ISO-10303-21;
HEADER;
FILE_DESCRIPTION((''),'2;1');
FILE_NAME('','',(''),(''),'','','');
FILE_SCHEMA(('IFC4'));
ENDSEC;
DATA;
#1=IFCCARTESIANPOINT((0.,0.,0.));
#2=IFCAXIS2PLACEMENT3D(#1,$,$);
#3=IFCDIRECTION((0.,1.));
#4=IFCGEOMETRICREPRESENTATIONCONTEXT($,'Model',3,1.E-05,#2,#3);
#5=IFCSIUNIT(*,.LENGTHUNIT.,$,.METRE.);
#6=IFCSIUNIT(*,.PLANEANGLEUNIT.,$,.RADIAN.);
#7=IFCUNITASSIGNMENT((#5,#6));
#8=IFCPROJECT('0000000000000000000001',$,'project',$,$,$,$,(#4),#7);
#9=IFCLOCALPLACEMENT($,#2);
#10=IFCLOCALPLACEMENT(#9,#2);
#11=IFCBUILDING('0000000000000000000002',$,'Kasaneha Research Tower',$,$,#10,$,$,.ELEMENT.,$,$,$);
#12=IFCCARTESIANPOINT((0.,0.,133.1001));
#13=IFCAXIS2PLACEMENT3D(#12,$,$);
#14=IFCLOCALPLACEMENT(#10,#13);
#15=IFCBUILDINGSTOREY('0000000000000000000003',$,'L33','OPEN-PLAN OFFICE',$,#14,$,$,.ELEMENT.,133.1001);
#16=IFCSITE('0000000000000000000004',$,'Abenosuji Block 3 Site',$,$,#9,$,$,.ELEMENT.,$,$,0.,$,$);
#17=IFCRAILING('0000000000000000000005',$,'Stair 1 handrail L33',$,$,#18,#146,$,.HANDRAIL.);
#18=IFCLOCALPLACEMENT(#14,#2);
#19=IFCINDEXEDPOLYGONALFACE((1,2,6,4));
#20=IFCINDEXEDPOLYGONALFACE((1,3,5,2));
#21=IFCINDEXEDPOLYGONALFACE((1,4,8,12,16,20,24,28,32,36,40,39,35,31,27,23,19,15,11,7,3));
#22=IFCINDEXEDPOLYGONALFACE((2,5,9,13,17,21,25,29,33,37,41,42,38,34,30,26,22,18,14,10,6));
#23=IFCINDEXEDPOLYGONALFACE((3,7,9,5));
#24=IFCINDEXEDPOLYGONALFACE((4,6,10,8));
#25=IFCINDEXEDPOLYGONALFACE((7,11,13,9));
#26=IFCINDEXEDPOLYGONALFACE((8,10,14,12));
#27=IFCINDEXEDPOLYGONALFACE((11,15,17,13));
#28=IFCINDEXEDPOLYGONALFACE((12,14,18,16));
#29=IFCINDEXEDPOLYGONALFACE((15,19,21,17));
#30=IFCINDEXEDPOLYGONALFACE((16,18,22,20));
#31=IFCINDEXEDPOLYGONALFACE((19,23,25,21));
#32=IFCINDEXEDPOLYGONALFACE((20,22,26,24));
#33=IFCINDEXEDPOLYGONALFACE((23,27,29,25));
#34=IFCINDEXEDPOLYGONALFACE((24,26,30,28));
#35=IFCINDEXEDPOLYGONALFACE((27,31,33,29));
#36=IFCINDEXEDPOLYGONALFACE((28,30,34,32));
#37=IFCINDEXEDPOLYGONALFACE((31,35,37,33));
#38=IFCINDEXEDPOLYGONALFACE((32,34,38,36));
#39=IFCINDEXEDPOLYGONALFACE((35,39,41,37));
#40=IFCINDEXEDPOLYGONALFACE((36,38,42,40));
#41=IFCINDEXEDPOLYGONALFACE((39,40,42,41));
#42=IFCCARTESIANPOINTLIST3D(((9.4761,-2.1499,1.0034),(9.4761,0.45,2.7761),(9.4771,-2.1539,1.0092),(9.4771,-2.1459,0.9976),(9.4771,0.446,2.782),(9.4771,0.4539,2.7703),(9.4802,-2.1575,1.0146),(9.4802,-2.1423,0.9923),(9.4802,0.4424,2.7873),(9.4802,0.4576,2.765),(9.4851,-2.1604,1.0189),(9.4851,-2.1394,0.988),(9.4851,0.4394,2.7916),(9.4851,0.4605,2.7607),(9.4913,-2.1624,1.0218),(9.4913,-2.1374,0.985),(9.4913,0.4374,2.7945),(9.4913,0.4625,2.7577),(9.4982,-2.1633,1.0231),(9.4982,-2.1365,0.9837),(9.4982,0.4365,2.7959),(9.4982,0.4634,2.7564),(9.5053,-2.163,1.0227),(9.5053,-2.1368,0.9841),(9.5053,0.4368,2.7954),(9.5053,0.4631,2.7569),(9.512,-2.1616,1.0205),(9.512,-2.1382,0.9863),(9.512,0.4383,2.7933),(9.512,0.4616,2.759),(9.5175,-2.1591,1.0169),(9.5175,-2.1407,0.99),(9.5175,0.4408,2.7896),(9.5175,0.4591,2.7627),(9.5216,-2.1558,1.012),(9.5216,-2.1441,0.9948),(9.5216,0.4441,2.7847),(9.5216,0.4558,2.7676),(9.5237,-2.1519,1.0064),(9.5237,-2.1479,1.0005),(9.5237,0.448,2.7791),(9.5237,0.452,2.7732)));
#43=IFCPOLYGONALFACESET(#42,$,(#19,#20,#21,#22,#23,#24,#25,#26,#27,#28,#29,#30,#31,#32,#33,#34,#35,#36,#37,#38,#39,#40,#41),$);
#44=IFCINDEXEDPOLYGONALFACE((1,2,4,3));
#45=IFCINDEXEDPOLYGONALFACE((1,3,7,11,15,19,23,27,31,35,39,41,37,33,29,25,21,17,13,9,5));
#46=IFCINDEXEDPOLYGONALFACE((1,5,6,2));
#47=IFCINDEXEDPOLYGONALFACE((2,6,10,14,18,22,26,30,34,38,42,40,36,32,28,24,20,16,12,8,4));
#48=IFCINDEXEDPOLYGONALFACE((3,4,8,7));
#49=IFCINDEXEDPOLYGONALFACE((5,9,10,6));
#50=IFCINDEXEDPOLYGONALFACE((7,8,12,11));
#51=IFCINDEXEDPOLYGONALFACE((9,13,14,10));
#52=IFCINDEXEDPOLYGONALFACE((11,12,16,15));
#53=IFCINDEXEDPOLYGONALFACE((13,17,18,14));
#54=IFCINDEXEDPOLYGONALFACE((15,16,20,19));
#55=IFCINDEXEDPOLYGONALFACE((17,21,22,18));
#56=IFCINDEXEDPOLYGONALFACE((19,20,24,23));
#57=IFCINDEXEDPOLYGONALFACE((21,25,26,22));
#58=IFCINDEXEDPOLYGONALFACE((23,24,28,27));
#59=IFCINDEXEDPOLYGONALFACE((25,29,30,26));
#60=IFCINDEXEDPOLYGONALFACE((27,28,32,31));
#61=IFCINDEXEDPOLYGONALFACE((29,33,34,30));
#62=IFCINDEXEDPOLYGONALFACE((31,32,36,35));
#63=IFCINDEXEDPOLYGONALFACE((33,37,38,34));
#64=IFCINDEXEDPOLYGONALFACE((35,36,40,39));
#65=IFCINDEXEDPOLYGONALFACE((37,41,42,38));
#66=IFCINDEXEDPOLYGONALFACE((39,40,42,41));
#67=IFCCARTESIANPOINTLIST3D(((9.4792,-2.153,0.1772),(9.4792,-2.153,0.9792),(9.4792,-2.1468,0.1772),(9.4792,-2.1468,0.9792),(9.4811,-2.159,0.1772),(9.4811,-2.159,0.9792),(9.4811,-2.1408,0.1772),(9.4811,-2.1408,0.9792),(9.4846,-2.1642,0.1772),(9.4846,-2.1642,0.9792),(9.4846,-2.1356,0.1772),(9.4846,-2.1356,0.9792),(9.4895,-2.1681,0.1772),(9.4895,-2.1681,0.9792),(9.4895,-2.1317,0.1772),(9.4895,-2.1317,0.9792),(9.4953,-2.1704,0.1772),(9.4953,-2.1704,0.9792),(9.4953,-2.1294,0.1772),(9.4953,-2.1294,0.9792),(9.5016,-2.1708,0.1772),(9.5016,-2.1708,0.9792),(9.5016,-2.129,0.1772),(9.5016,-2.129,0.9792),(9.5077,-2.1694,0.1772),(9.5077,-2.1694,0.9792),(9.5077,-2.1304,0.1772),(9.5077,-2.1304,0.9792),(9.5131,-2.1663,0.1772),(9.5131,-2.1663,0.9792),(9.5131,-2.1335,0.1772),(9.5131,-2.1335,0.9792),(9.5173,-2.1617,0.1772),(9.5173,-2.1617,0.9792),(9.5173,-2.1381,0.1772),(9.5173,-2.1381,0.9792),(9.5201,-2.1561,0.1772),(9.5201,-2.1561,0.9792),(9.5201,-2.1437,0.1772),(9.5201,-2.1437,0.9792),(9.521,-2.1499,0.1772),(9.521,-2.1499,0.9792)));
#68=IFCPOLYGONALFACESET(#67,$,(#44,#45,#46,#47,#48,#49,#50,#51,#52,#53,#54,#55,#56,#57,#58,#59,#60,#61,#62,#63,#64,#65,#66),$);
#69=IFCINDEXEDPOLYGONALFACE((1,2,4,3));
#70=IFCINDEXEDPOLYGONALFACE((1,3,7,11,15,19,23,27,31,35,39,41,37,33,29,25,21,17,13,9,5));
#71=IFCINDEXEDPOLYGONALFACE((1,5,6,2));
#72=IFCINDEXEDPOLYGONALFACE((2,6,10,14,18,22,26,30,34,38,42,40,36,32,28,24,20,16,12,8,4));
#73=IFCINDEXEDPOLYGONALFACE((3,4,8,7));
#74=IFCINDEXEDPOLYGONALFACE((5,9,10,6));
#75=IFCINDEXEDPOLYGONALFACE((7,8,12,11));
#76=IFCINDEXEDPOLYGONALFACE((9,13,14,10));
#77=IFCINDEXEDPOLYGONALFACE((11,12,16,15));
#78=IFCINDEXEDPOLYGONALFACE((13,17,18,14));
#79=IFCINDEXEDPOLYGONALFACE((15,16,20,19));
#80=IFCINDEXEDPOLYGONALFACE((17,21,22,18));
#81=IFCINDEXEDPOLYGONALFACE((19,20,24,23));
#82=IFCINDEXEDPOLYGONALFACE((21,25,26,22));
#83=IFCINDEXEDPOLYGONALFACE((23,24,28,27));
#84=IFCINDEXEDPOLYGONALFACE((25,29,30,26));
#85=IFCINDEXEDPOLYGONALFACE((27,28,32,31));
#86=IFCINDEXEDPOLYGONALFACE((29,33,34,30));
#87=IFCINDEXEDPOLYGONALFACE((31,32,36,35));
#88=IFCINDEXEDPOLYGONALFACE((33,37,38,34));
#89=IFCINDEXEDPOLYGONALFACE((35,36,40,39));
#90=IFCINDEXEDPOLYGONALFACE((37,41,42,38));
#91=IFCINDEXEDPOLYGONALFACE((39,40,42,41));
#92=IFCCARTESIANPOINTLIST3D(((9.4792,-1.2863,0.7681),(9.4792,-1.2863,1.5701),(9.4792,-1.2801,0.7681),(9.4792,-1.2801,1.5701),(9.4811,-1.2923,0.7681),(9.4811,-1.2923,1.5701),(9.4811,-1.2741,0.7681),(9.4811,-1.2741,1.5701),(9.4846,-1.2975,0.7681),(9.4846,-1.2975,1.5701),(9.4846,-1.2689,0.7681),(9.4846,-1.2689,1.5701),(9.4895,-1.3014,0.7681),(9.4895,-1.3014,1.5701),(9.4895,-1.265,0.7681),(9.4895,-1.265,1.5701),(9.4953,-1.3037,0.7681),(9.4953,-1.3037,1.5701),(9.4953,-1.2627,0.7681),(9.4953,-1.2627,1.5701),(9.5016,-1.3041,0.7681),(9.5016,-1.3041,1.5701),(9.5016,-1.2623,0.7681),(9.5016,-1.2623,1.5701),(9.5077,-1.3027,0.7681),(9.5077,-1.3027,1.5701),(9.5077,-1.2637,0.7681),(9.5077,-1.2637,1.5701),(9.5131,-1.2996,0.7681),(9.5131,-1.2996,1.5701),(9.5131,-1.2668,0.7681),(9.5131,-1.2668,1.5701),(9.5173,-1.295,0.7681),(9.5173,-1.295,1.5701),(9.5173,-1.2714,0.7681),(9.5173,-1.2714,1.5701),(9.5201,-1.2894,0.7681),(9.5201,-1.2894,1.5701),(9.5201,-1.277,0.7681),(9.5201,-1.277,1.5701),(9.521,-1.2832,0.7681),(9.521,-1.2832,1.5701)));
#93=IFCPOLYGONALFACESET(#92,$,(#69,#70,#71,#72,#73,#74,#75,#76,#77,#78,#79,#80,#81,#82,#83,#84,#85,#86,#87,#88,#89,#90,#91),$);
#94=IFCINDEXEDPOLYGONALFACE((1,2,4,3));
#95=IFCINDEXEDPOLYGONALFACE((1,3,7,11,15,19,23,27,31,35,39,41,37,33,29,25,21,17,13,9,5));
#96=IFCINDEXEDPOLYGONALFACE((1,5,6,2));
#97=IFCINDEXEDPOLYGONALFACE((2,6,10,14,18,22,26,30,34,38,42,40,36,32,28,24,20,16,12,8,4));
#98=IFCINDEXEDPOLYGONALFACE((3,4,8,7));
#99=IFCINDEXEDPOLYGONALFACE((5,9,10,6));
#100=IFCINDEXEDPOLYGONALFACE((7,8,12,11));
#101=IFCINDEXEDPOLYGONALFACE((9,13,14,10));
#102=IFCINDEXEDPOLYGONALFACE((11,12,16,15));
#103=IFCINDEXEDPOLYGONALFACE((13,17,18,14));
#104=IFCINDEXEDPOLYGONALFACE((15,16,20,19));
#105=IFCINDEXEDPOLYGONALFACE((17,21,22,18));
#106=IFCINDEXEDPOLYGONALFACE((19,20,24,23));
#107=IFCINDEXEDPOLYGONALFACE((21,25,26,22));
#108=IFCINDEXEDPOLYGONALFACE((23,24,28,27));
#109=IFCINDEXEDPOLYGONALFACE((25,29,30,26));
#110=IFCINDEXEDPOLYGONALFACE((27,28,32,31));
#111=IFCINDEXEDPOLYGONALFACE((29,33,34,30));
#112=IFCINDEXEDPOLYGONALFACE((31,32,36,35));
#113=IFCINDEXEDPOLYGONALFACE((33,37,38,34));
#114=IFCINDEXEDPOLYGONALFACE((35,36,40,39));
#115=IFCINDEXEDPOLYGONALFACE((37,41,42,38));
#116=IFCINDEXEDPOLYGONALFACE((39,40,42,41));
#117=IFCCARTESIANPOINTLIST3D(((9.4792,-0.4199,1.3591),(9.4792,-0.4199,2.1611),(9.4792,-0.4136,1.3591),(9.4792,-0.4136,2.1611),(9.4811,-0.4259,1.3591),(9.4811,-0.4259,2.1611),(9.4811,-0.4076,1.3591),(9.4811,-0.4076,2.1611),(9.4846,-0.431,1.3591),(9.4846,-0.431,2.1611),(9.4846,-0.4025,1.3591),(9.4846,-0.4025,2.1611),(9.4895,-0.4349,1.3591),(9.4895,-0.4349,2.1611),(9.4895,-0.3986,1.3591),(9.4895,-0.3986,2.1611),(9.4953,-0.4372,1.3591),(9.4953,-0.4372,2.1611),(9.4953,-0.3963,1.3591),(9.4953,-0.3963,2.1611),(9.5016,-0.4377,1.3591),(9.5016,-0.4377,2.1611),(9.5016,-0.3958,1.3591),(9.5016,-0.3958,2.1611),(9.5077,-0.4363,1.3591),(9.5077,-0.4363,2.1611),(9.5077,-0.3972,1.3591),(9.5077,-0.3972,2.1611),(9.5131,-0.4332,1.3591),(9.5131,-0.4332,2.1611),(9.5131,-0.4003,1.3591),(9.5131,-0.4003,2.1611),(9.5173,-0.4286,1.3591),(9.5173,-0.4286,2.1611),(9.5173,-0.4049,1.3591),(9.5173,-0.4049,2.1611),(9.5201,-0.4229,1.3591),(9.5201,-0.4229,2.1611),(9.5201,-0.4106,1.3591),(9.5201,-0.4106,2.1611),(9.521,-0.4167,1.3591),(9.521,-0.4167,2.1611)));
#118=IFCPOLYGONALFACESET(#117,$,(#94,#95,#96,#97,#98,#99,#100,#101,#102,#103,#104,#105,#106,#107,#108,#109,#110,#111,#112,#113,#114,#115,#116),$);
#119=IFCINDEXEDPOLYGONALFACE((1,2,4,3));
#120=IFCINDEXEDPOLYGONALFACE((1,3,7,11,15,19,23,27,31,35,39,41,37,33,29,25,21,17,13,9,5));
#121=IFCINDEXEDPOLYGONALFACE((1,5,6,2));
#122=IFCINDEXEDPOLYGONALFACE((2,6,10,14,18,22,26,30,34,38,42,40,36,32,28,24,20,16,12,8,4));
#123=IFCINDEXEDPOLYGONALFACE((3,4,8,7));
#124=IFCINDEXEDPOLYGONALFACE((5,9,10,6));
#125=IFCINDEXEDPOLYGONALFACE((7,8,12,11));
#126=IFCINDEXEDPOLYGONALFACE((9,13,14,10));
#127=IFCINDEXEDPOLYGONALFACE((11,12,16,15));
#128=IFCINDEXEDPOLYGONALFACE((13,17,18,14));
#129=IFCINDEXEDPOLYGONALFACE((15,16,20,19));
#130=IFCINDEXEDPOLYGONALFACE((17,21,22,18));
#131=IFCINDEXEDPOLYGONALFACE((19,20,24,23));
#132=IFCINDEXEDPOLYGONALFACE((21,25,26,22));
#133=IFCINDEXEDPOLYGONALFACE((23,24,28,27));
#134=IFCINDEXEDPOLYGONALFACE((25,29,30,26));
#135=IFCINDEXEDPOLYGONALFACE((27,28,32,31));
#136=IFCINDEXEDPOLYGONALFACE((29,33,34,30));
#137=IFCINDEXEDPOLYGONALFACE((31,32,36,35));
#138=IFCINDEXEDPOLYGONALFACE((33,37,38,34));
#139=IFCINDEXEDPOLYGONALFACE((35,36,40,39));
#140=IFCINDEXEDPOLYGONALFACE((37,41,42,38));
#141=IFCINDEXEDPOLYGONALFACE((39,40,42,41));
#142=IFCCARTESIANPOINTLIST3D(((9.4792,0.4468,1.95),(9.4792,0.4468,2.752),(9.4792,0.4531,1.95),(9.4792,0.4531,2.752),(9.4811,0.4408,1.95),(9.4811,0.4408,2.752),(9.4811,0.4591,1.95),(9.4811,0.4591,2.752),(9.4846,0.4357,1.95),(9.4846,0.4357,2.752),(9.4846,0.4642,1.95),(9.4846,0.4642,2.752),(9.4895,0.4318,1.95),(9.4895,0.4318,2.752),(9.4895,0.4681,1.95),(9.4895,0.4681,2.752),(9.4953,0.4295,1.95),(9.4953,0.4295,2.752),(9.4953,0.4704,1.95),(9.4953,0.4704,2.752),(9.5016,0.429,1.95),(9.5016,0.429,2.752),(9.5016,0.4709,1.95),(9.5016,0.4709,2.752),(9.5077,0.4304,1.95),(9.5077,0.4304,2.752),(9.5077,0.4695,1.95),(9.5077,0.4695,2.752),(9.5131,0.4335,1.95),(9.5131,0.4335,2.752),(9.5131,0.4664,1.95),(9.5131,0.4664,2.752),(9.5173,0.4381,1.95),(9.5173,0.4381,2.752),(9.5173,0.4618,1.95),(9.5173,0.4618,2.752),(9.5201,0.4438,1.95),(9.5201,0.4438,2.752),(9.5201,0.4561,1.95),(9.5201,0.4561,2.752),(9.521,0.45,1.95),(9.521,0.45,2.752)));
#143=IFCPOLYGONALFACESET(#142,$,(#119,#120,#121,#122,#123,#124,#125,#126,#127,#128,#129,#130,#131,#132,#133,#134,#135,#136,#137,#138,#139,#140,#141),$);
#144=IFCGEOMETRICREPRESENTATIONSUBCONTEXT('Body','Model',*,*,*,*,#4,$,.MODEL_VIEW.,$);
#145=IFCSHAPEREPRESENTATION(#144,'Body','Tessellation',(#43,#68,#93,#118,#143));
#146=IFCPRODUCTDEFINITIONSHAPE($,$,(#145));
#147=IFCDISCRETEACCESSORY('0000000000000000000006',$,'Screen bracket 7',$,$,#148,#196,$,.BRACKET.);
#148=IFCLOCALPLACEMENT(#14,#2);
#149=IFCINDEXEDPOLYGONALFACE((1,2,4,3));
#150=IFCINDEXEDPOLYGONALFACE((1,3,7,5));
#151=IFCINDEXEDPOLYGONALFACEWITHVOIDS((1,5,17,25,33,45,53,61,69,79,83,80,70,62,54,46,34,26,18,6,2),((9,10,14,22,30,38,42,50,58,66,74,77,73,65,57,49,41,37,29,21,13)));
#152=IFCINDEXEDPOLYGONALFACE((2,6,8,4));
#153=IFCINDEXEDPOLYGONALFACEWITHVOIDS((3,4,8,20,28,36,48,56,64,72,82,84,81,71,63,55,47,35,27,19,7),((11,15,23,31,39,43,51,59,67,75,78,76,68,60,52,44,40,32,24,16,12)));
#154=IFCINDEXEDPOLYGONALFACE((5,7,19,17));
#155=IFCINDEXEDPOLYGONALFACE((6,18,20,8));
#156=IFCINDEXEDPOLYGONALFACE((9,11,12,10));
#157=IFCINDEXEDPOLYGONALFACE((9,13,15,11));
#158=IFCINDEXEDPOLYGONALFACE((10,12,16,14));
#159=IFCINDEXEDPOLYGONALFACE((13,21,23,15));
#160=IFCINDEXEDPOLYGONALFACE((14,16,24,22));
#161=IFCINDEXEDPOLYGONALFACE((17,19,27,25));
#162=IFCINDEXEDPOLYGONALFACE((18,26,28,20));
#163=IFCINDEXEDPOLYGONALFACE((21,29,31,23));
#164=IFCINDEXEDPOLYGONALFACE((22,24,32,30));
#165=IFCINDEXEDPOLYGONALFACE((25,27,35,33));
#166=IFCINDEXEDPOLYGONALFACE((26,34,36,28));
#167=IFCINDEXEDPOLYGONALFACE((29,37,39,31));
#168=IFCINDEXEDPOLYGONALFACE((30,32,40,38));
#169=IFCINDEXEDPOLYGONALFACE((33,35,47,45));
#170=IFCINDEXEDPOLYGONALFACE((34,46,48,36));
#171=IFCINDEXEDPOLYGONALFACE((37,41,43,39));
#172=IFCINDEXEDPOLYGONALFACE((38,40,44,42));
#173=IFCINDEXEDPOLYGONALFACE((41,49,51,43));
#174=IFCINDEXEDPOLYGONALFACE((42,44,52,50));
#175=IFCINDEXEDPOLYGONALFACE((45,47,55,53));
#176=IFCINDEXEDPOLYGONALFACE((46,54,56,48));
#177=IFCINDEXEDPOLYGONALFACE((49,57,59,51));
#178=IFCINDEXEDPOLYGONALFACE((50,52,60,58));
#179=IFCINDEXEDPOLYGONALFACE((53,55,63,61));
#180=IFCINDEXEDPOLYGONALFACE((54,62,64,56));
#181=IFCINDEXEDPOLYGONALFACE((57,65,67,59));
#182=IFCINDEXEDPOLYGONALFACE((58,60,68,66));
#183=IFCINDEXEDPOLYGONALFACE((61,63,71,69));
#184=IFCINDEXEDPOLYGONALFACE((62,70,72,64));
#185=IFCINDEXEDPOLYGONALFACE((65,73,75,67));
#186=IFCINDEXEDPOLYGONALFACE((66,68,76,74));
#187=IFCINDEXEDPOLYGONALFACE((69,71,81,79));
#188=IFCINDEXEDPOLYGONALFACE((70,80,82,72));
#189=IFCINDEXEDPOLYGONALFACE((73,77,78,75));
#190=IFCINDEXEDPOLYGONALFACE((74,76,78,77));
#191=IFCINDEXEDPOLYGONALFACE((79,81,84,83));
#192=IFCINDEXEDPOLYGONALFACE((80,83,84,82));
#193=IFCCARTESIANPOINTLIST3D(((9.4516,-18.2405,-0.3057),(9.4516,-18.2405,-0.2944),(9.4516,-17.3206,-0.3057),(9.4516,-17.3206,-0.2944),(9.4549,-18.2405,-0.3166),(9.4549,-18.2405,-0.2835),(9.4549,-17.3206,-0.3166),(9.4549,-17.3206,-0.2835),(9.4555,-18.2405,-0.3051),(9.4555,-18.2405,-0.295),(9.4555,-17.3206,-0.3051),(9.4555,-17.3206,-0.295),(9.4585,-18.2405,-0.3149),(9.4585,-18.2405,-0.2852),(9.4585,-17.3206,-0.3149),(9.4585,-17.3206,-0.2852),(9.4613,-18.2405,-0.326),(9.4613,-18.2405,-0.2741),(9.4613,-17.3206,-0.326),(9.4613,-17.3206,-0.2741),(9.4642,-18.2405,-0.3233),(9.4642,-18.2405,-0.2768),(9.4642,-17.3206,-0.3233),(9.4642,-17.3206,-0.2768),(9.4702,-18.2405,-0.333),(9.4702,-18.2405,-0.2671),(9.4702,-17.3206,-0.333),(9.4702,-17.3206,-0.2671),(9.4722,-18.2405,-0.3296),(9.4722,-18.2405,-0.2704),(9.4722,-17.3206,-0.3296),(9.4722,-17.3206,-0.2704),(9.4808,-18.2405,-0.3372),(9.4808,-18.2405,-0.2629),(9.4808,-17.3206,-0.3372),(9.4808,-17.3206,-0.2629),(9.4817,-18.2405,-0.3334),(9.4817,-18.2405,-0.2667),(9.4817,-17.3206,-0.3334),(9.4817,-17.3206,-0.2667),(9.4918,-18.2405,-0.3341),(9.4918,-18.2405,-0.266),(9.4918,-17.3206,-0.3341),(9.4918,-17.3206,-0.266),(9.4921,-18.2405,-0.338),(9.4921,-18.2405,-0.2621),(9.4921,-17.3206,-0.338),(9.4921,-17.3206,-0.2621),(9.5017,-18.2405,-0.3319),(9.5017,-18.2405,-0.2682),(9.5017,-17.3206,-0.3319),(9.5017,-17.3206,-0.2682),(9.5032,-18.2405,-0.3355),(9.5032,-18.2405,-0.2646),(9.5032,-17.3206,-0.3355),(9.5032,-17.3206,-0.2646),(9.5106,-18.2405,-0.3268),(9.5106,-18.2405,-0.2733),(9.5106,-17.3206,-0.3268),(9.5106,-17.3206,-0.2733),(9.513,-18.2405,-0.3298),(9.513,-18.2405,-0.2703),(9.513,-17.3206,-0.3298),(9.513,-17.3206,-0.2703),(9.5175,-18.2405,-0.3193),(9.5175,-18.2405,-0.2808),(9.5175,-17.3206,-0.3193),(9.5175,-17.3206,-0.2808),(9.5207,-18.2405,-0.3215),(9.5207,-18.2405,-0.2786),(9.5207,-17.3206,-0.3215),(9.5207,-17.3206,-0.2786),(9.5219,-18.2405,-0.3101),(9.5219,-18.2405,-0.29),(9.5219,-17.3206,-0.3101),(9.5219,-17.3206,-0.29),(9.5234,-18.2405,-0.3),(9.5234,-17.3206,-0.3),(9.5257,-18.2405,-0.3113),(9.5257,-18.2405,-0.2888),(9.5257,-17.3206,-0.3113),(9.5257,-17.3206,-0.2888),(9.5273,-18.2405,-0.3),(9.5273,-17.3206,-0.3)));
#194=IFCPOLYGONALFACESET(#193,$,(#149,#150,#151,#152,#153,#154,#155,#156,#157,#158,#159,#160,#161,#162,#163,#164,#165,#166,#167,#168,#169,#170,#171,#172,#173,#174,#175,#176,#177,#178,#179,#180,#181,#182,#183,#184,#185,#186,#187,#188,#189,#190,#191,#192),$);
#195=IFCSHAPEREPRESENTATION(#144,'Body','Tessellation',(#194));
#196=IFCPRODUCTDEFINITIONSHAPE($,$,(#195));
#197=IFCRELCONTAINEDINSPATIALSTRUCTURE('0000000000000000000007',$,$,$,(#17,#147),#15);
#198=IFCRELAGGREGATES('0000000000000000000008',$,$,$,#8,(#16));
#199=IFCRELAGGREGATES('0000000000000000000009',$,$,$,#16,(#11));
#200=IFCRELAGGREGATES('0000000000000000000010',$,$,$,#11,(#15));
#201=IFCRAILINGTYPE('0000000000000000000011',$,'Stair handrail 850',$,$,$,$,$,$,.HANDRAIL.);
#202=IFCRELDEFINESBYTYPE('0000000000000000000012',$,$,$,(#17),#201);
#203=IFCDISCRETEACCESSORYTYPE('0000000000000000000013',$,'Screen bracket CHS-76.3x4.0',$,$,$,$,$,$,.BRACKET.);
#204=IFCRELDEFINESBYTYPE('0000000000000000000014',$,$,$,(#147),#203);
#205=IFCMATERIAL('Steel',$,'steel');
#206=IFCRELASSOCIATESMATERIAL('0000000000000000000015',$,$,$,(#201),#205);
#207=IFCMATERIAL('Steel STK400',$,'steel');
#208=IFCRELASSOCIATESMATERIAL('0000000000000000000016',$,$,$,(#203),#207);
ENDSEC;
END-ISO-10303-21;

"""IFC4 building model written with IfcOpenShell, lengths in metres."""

from ifc_helpers import new_model, si_unit, direction, frame, origin, origin_2d, place, context, subcontext, project, spatial, circle, hollow_circle, extrude, material, material_profile, profile_set, type_object, element, save


model = new_model("IFC4")

# Units and contexts
model_context = context("Model", 3, precision=1e-05, world=origin(), true_north=direction((0.0, 1.0)))
body_context = subcontext(model_context, "Body", "Model", "MODEL_VIEW")
ifc_project = project(units=[si_unit("LENGTHUNIT", "METRE"), si_unit("PLANEANGLEUNIT", "RADIAN")], contexts=[model_context])

# Site, building, storey
site_placement = place(None, origin())
site = spatial("IfcSite", under=ifc_project, at=site_placement, Name="Abenosuji Block 3 Site", CompositionType="ELEMENT", RefElevation=0.0)
building_placement = place(site_placement, origin())
building = spatial("IfcBuilding", under=site, at=building_placement, Name="Kasaneha Research Tower", CompositionType="ELEMENT")
storey_placement = place(building_placement, frame((0.0, 0.0, 133.1001)))
storey = spatial("IfcBuildingStorey", under=building, at=storey_placement, Name="L33", Description="OPEN-PLAN OFFICE", CompositionType="ELEMENT", Elevation=133.1001)

# Railing
ifc_material_1 = material(Name="Steel", Category="steel")
railing_type = type_object("IfcRailingType", Name="Stair handrail 850", PredefinedType="HANDRAIL", material=ifc_material_1)
railing_placement = place(storey_placement, frame((9.5, -2.1499, 0.1772)))
element("IfcRailing", 1, at=railing_placement, inside=storey, type_object=railing_type, Name="Stair 1 handrail L33", PredefinedType="HANDRAIL", context=body_context, shape_type="SweptSolid", body=[
    extrude(circle(Radius=0.0239, at=origin_2d()), frame((0.0, 0.0, 0.8262), z_axis=(0.0, 0.826216, 0.563354), x_axis=(-1.0, 0.0, 0.0)), (0.0, 0.0, 1.0), 3.1467),
    extrude(circle(Radius=0.021, at=origin_2d()), origin(), (0.0, 0.0, 1.0), 0.802),
    extrude(circle(Radius=0.021, at=origin_2d()), frame((0.0, 0.8667, 0.5908)), (0.0, 0.0, 1.0), 0.802),
    extrude(circle(Radius=0.021, at=origin_2d()), frame((0.0, 1.7332, 1.1819)), (0.0, 0.0, 1.0), 0.802),
    extrude(circle(Radius=0.021, at=origin_2d()), frame((0.0, 2.5999, 1.7727)), (0.0, 0.0, 1.0), 0.802),
])

# Discrete accessory
ifc_material_2 = material(Name="Steel STK400", Category="steel")
ifc_material_profile_1 = material_profile(ifc_material_2, hollow_circle(Radius=0.0381, WallThickness=0.0039, at=origin_2d()), Name="CHS-76.3x4.0")
ifc_profile_set_1 = profile_set([ifc_material_profile_1], Name="Steel STK400")
discrete_accessory_type = type_object("IfcDiscreteAccessoryType", Name="Screen bracket CHS-76.3x4.0", PredefinedType="BRACKET", material=ifc_profile_set_1)
discrete_accessory_placement = place(storey_placement, frame((9.4893, -17.3206, -0.3), z_axis=(0.0, -1.0, 0.0), x_axis=(1.0, 0.0, 0.0)))
element("IfcDiscreteAccessory", 2, at=discrete_accessory_placement, inside=storey, type_object=discrete_accessory_type, Name="Screen bracket 7", PredefinedType="BRACKET", context=body_context, shape_type="SweptSolid", body=[
    extrude(hollow_circle(Radius=0.0381, WallThickness=0.0039, at=origin_2d()), origin(), (0.0, 0.0, 1.0), 0.9199),
])

save(model, "model.ifc")
